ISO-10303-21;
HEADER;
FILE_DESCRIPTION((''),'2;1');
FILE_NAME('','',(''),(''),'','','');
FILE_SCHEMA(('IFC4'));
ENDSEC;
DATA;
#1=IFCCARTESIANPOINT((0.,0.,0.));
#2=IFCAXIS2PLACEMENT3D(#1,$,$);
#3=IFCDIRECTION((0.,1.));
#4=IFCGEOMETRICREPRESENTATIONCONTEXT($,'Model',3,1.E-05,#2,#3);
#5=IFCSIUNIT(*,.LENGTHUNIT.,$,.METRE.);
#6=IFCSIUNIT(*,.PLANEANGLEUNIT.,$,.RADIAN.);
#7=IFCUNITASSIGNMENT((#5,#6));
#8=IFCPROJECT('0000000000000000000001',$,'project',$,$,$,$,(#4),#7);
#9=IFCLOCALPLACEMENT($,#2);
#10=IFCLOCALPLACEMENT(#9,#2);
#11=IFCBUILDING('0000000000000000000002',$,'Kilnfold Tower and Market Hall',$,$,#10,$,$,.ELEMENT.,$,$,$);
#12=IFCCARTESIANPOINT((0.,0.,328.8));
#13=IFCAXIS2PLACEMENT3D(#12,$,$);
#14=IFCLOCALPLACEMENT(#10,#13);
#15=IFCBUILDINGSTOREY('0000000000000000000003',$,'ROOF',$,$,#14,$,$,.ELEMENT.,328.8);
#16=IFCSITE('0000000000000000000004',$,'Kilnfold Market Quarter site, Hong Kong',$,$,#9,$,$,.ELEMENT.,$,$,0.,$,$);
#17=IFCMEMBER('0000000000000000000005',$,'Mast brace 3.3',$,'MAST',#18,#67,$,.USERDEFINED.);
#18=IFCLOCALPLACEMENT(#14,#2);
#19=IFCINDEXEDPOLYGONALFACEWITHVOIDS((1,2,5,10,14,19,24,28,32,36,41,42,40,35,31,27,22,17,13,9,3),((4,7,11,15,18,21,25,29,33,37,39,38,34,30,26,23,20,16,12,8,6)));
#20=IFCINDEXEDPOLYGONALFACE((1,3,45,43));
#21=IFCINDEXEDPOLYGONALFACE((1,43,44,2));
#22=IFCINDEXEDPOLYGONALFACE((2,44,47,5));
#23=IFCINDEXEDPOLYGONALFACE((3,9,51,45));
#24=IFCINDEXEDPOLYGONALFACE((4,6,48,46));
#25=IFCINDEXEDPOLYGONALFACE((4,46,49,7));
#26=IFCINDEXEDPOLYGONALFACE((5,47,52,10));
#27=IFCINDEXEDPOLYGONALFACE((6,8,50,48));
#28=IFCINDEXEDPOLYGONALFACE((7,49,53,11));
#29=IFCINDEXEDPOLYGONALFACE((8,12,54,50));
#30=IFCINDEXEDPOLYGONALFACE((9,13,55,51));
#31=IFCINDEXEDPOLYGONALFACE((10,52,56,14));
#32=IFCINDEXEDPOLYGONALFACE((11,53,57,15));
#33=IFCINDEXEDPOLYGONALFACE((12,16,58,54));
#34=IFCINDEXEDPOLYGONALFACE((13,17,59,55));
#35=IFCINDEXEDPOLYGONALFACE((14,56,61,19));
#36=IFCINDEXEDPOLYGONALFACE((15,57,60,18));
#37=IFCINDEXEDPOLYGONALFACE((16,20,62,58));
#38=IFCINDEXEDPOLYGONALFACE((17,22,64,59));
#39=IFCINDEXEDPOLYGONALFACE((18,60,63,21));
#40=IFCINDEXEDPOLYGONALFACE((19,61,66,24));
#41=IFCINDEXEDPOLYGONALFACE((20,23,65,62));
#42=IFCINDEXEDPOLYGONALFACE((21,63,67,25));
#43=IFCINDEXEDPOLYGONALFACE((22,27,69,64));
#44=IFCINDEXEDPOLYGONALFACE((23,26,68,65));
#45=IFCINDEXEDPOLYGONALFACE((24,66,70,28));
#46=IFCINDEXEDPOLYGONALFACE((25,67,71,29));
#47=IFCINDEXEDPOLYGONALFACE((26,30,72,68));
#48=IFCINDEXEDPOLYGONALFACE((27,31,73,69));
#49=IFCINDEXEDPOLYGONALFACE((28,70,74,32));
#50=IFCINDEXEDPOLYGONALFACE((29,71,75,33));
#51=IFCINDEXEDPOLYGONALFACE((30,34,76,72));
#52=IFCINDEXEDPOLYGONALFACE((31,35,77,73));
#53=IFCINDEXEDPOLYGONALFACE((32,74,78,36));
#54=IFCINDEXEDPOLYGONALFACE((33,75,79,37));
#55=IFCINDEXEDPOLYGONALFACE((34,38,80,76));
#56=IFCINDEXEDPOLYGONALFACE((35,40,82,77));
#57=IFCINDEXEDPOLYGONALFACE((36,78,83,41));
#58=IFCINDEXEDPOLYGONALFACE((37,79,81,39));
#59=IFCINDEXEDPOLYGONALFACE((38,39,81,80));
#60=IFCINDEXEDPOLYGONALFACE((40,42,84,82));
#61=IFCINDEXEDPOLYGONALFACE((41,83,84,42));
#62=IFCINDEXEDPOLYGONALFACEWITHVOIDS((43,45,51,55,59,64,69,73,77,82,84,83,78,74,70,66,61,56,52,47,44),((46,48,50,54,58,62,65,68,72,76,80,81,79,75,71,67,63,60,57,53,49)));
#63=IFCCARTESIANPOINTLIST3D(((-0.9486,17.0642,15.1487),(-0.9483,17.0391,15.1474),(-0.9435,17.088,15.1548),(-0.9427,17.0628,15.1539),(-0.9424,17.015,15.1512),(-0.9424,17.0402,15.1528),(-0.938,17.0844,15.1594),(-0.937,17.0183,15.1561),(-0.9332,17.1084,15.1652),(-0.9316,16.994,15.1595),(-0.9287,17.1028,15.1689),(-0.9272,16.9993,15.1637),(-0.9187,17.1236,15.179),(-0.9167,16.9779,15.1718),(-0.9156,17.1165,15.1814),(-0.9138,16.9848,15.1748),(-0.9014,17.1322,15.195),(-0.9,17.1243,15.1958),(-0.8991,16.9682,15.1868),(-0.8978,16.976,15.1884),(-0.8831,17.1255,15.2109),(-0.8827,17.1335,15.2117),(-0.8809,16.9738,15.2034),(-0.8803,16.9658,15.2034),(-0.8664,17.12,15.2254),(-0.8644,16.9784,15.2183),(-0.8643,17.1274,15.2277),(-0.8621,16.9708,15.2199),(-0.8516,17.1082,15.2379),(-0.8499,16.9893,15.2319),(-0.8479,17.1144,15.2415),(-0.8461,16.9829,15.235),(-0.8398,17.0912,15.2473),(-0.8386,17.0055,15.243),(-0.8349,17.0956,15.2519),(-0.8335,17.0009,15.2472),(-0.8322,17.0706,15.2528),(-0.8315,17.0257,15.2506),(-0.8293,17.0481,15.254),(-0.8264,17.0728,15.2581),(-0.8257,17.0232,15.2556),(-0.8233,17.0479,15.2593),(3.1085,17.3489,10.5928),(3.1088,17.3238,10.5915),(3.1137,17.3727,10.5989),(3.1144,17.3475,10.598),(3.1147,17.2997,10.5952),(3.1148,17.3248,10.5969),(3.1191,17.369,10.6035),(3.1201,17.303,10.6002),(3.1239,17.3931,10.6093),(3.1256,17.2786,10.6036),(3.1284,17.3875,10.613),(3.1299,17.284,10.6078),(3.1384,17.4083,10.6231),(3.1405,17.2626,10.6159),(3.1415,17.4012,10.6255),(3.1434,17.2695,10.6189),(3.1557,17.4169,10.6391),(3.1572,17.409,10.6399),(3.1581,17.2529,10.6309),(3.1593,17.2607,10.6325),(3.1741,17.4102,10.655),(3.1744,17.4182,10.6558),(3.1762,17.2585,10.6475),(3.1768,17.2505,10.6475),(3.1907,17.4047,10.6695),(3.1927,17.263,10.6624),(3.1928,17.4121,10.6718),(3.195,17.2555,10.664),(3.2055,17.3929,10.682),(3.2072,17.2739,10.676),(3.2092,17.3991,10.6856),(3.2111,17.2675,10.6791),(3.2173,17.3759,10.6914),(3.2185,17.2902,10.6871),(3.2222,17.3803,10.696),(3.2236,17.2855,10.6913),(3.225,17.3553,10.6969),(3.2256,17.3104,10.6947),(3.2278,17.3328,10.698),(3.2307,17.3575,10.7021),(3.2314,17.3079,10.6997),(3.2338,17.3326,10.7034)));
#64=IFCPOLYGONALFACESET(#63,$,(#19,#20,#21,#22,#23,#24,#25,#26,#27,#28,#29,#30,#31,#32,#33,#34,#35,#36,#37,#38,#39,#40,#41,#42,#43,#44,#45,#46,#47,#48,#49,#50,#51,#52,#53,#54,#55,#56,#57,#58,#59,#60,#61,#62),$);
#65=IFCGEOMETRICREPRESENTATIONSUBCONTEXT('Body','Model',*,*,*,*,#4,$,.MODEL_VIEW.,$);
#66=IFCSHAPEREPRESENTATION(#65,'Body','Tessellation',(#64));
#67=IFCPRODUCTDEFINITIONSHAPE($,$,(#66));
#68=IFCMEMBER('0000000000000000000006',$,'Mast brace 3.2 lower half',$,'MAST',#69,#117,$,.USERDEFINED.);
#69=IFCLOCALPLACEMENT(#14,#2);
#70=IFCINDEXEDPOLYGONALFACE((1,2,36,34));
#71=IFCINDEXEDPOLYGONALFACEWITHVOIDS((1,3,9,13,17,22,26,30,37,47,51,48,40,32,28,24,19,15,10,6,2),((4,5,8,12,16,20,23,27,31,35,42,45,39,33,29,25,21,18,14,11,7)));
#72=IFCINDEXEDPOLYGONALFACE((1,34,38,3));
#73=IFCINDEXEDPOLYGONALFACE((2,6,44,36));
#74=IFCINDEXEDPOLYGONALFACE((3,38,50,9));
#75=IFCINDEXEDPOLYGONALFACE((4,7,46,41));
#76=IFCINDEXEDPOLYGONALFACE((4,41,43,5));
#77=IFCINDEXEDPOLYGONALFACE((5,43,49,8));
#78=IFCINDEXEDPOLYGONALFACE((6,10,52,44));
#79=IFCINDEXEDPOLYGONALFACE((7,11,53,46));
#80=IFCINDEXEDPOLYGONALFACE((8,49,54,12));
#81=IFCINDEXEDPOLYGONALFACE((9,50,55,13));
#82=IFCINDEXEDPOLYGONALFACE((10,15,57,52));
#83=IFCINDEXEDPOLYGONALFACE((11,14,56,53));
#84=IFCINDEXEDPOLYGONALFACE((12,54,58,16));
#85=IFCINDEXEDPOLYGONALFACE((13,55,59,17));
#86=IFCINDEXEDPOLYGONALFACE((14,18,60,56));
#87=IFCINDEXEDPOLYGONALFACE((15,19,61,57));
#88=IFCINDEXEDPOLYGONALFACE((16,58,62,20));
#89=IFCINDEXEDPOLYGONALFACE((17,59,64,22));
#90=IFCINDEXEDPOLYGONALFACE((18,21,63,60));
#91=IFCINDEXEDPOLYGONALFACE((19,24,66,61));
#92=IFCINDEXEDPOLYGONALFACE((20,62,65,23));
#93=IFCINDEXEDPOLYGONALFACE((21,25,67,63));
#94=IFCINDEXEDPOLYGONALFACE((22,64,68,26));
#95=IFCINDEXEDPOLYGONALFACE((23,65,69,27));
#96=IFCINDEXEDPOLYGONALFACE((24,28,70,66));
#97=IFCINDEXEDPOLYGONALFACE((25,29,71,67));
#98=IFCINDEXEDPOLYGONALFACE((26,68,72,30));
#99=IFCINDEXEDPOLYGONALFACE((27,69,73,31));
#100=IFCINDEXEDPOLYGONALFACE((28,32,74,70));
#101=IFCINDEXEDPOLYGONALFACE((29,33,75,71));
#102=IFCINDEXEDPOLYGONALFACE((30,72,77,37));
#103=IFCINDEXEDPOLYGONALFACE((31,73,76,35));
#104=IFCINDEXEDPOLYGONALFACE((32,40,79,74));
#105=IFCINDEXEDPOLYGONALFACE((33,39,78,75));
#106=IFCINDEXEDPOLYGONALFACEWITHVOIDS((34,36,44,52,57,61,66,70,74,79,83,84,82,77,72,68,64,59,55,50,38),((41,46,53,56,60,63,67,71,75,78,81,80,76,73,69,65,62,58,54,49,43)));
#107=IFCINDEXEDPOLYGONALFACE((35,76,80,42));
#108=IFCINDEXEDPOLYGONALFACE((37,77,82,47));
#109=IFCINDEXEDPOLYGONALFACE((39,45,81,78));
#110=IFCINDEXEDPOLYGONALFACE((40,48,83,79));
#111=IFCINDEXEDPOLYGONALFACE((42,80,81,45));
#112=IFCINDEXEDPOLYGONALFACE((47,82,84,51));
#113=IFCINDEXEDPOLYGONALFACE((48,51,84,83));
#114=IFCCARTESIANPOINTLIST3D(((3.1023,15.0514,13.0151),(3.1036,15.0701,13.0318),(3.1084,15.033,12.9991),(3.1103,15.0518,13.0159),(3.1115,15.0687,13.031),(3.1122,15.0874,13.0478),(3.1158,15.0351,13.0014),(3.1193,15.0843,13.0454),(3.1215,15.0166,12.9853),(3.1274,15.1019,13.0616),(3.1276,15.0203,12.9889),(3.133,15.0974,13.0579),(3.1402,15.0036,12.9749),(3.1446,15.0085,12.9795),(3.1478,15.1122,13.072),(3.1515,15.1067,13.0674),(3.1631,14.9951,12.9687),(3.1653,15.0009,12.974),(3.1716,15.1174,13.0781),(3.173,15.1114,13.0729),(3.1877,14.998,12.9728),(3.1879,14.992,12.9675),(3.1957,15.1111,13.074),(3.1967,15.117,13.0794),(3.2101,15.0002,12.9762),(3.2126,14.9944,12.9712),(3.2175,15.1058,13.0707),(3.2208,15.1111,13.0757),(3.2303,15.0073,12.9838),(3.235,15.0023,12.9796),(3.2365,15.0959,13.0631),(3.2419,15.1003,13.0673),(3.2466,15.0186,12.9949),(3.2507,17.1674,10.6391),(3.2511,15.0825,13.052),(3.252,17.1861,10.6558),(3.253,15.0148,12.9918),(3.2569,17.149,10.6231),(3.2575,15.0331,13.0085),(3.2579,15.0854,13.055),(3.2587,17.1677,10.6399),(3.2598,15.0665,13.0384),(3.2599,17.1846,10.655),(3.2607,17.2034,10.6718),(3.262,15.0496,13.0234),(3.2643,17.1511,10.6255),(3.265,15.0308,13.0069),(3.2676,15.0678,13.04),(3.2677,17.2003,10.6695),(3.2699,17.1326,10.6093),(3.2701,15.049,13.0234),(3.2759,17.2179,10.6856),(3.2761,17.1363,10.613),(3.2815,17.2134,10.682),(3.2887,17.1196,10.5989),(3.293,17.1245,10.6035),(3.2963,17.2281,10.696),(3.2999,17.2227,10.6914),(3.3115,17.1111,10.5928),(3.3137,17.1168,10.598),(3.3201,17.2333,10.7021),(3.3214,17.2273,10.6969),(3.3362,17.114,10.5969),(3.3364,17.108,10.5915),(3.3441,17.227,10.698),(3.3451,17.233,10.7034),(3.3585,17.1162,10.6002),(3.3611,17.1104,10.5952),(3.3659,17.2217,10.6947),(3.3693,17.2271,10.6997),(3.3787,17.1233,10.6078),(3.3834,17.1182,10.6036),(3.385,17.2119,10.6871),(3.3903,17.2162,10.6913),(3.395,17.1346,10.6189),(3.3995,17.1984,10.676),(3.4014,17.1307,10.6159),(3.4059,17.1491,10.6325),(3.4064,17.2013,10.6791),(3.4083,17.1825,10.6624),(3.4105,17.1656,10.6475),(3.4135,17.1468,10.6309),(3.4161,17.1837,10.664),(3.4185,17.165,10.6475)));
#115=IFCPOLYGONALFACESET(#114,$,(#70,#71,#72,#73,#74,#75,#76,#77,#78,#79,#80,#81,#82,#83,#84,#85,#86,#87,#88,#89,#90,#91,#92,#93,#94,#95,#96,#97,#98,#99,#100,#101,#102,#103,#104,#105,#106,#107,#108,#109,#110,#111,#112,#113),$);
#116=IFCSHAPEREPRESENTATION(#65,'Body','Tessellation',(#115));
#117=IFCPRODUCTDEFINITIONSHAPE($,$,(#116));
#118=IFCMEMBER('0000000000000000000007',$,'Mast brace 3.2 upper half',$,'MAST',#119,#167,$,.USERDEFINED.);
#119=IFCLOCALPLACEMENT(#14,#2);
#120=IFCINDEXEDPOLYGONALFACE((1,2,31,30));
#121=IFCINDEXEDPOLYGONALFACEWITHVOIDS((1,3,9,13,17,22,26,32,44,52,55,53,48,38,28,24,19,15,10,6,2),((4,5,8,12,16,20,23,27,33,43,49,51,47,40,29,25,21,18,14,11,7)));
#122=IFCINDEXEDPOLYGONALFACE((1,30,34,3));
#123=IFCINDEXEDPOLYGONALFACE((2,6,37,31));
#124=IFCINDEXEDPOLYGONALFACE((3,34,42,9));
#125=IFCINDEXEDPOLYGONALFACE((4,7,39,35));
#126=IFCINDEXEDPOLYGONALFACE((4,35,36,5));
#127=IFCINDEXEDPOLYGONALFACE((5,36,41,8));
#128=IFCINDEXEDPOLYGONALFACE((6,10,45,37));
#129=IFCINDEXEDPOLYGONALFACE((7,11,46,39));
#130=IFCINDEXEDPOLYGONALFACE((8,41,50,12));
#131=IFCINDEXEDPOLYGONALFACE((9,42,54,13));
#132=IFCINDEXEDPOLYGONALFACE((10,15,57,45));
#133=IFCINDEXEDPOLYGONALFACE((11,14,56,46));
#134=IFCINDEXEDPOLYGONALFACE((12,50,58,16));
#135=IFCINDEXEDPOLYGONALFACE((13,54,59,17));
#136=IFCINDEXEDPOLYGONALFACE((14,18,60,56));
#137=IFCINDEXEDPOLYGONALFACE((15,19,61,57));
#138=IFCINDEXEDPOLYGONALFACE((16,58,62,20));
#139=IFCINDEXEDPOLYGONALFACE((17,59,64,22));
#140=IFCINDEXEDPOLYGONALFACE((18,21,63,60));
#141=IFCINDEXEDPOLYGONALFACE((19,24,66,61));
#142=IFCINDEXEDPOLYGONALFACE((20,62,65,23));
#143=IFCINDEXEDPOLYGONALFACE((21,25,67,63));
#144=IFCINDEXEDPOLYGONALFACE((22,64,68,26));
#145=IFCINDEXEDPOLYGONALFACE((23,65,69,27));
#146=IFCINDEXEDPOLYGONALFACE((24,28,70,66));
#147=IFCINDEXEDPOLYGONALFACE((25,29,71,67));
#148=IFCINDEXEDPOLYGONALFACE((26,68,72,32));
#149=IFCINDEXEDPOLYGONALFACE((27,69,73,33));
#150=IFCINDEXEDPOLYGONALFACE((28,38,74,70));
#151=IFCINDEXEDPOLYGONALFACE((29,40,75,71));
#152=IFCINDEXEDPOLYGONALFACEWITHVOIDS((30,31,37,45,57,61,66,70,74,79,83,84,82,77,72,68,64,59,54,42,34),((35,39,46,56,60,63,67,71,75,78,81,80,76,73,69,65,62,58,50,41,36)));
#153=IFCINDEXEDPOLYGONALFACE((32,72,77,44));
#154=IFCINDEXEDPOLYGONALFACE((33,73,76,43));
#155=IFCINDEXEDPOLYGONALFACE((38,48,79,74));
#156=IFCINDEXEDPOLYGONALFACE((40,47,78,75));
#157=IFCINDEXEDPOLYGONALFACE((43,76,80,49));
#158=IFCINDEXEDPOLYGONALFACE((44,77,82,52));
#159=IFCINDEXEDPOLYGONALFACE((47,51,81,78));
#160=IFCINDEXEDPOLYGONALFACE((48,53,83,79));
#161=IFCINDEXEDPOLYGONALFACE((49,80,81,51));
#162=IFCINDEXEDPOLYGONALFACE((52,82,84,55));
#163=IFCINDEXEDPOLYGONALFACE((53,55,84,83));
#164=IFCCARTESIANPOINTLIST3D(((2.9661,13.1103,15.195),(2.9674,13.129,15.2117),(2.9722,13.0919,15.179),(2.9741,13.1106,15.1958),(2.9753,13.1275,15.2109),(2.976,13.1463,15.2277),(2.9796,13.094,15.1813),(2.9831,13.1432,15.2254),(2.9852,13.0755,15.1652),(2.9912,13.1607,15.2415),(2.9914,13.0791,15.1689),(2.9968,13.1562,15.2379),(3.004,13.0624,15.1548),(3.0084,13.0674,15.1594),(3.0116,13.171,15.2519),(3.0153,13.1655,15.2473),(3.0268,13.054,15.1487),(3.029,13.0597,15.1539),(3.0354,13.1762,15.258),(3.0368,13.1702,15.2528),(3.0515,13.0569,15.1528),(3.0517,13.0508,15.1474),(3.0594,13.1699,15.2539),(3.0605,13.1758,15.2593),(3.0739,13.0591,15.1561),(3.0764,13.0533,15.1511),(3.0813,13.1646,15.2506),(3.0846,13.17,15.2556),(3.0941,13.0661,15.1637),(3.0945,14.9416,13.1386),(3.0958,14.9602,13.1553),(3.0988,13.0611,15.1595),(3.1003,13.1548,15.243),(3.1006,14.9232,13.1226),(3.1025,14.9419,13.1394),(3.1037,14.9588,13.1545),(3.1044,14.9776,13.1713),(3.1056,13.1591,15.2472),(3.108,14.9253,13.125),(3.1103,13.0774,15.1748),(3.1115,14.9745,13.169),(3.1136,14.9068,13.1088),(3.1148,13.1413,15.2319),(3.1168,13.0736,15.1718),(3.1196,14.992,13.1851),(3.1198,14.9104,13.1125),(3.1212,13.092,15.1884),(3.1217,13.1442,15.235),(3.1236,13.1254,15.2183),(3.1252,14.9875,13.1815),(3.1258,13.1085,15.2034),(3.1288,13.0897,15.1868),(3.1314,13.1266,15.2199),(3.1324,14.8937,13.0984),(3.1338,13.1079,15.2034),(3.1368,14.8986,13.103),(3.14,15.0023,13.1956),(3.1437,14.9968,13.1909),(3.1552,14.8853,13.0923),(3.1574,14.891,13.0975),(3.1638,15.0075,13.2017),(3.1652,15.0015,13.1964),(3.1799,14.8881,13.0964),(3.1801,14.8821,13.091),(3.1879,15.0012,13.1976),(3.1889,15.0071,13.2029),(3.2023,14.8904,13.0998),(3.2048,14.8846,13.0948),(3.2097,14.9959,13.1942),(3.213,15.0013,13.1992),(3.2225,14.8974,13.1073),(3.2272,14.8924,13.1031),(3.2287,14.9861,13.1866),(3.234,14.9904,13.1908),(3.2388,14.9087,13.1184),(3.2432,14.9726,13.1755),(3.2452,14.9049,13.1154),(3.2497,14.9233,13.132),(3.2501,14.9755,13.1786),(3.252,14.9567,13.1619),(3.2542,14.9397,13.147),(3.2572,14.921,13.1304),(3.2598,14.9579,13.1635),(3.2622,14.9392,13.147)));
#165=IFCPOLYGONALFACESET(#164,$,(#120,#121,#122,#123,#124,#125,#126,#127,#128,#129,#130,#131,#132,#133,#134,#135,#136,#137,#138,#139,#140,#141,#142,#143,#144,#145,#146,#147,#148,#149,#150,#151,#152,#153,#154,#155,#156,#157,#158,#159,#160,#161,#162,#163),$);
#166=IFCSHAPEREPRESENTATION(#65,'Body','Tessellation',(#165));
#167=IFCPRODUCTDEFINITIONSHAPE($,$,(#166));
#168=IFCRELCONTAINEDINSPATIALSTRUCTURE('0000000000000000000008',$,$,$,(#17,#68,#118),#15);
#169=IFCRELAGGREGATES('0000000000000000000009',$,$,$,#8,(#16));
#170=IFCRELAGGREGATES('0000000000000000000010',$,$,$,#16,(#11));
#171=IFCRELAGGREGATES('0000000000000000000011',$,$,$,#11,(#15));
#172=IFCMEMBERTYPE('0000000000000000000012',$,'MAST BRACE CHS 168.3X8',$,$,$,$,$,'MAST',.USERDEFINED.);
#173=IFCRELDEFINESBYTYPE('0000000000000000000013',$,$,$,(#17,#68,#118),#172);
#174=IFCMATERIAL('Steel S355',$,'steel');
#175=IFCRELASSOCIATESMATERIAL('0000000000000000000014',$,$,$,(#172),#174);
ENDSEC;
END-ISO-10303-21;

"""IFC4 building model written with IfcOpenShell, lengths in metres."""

from ifc_helpers import new_model, si_unit, direction, frame, origin, origin_2d, place, context, subcontext, project, spatial, hollow_circle, extrude, source, transform, mapped, material, material_profile, profile_set, type_object, element, save


model = new_model("IFC4")

# Units and contexts
model_context = context("Model", 3, precision=1e-05, world=origin(), true_north=direction((0.0, 1.0)))
body_context = subcontext(model_context, "Body", "Model", "MODEL_VIEW")
ifc_project = project(units=[si_unit("LENGTHUNIT", "METRE"), si_unit("PLANEANGLEUNIT", "RADIAN")], contexts=[model_context])

# Site, building, storey
site_placement = place(None, origin())
site = spatial("IfcSite", under=ifc_project, at=site_placement, Name="Kilnfold Market Quarter site, Hong Kong", CompositionType="ELEMENT", RefElevation=0.0)
building_placement = place(site_placement, origin())
building = spatial("IfcBuilding", under=site, at=building_placement, Name="Kilnfold Tower and Market Hall", CompositionType="ELEMENT")
storey_placement = place(building_placement, frame((0.0, 0.0, 328.8)))
storey = spatial("IfcBuildingStorey", under=building, at=storey_placement, Name="ROOF", CompositionType="ELEMENT", Elevation=328.8)

# Members
ifc_material_1 = material(Name="Steel S355", Category="steel")
ifc_material_profile_1 = material_profile(ifc_material_1, hollow_circle(Radius=0.0842, WallThickness=0.0081, at=origin_2d()), Name="CHS 168.3x8")
ifc_profile_set_1 = profile_set([ifc_material_profile_1], Name="Steel S355")
member_type_1 = type_object("IfcMemberType", Name="MAST BRACE CHS 168.3X8", ElementType="MAST", PredefinedType="USERDEFINED", material=ifc_profile_set_1)
shared_shape_1 = source(origin(), body_context, "Body", "SweptSolid", [
    extrude(hollow_circle(Radius=0.0842, WallThickness=0.0081, at=origin_2d()), origin(), (0.0, 0.0, 1.0), 6.1072),
])
member_1_placement = place(storey_placement, frame((3.1709, 17.3345, 10.6475), z_axis=(-0.664321, -0.046612, 0.745992), x_axis=(0.069993, -0.997547, 0.0)))
element("IfcMember", 1, at=member_1_placement, inside=storey, type_object=member_type_1, Name="Mast brace 3.3", ObjectType="MAST", PredefinedType="USERDEFINED", context=body_context, shape_type="MappedRepresentation", body=[
    mapped(shared_shape_1, transform((0.0, 0.0, 0.0))),
])
shared_shape_2 = source(origin(), body_context, "Body", "SweptSolid", [
    extrude(hollow_circle(Radius=0.0842, WallThickness=0.0081, at=origin_2d()), origin(), (0.0, 0.0, 1.0), 3.1851),
])
member_2_placement = place(storey_placement, frame((3.3345, 17.1709, 10.6475), z_axis=(-0.046604, -0.664341, 0.745975), x_axis=(0.997548, -0.069979, 0.0)))
element("IfcMember", 2, at=member_2_placement, inside=storey, type_object=member_type_1, Name="Mast brace 3.2 lower half", ObjectType="MAST", PredefinedType="USERDEFINED", context=body_context, shape_type="MappedRepresentation", body=[
    mapped(shared_shape_2, transform((0.0, 0.0, 0.0))),
])
shared_shape_3 = source(origin(), body_context, "Body", "SweptSolid", [
    extrude(hollow_circle(Radius=0.0842, WallThickness=0.0081, at=origin_2d()), origin(), (0.0, 0.0, 1.0), 2.7566),
])
for number, where, z_axis, x_axis, name in (
    (3, (3.1782, 14.9451, 13.147), (-0.046585, -0.664329, 0.745987), (0.99755, -0.069952, 0.0), "Mast brace 3.2 upper half"),
):
    element("IfcMember", number, at=place(storey_placement, frame(where, z_axis=z_axis, x_axis=x_axis)), inside=storey, type_object=member_type_1, Name=name, ObjectType="MAST", PredefinedType="USERDEFINED", context=body_context, shape_type="MappedRepresentation", body=[
        mapped(shared_shape_3, transform((0.0, 0.0, 0.0))),
    ])

save(model, "model.ifc")
